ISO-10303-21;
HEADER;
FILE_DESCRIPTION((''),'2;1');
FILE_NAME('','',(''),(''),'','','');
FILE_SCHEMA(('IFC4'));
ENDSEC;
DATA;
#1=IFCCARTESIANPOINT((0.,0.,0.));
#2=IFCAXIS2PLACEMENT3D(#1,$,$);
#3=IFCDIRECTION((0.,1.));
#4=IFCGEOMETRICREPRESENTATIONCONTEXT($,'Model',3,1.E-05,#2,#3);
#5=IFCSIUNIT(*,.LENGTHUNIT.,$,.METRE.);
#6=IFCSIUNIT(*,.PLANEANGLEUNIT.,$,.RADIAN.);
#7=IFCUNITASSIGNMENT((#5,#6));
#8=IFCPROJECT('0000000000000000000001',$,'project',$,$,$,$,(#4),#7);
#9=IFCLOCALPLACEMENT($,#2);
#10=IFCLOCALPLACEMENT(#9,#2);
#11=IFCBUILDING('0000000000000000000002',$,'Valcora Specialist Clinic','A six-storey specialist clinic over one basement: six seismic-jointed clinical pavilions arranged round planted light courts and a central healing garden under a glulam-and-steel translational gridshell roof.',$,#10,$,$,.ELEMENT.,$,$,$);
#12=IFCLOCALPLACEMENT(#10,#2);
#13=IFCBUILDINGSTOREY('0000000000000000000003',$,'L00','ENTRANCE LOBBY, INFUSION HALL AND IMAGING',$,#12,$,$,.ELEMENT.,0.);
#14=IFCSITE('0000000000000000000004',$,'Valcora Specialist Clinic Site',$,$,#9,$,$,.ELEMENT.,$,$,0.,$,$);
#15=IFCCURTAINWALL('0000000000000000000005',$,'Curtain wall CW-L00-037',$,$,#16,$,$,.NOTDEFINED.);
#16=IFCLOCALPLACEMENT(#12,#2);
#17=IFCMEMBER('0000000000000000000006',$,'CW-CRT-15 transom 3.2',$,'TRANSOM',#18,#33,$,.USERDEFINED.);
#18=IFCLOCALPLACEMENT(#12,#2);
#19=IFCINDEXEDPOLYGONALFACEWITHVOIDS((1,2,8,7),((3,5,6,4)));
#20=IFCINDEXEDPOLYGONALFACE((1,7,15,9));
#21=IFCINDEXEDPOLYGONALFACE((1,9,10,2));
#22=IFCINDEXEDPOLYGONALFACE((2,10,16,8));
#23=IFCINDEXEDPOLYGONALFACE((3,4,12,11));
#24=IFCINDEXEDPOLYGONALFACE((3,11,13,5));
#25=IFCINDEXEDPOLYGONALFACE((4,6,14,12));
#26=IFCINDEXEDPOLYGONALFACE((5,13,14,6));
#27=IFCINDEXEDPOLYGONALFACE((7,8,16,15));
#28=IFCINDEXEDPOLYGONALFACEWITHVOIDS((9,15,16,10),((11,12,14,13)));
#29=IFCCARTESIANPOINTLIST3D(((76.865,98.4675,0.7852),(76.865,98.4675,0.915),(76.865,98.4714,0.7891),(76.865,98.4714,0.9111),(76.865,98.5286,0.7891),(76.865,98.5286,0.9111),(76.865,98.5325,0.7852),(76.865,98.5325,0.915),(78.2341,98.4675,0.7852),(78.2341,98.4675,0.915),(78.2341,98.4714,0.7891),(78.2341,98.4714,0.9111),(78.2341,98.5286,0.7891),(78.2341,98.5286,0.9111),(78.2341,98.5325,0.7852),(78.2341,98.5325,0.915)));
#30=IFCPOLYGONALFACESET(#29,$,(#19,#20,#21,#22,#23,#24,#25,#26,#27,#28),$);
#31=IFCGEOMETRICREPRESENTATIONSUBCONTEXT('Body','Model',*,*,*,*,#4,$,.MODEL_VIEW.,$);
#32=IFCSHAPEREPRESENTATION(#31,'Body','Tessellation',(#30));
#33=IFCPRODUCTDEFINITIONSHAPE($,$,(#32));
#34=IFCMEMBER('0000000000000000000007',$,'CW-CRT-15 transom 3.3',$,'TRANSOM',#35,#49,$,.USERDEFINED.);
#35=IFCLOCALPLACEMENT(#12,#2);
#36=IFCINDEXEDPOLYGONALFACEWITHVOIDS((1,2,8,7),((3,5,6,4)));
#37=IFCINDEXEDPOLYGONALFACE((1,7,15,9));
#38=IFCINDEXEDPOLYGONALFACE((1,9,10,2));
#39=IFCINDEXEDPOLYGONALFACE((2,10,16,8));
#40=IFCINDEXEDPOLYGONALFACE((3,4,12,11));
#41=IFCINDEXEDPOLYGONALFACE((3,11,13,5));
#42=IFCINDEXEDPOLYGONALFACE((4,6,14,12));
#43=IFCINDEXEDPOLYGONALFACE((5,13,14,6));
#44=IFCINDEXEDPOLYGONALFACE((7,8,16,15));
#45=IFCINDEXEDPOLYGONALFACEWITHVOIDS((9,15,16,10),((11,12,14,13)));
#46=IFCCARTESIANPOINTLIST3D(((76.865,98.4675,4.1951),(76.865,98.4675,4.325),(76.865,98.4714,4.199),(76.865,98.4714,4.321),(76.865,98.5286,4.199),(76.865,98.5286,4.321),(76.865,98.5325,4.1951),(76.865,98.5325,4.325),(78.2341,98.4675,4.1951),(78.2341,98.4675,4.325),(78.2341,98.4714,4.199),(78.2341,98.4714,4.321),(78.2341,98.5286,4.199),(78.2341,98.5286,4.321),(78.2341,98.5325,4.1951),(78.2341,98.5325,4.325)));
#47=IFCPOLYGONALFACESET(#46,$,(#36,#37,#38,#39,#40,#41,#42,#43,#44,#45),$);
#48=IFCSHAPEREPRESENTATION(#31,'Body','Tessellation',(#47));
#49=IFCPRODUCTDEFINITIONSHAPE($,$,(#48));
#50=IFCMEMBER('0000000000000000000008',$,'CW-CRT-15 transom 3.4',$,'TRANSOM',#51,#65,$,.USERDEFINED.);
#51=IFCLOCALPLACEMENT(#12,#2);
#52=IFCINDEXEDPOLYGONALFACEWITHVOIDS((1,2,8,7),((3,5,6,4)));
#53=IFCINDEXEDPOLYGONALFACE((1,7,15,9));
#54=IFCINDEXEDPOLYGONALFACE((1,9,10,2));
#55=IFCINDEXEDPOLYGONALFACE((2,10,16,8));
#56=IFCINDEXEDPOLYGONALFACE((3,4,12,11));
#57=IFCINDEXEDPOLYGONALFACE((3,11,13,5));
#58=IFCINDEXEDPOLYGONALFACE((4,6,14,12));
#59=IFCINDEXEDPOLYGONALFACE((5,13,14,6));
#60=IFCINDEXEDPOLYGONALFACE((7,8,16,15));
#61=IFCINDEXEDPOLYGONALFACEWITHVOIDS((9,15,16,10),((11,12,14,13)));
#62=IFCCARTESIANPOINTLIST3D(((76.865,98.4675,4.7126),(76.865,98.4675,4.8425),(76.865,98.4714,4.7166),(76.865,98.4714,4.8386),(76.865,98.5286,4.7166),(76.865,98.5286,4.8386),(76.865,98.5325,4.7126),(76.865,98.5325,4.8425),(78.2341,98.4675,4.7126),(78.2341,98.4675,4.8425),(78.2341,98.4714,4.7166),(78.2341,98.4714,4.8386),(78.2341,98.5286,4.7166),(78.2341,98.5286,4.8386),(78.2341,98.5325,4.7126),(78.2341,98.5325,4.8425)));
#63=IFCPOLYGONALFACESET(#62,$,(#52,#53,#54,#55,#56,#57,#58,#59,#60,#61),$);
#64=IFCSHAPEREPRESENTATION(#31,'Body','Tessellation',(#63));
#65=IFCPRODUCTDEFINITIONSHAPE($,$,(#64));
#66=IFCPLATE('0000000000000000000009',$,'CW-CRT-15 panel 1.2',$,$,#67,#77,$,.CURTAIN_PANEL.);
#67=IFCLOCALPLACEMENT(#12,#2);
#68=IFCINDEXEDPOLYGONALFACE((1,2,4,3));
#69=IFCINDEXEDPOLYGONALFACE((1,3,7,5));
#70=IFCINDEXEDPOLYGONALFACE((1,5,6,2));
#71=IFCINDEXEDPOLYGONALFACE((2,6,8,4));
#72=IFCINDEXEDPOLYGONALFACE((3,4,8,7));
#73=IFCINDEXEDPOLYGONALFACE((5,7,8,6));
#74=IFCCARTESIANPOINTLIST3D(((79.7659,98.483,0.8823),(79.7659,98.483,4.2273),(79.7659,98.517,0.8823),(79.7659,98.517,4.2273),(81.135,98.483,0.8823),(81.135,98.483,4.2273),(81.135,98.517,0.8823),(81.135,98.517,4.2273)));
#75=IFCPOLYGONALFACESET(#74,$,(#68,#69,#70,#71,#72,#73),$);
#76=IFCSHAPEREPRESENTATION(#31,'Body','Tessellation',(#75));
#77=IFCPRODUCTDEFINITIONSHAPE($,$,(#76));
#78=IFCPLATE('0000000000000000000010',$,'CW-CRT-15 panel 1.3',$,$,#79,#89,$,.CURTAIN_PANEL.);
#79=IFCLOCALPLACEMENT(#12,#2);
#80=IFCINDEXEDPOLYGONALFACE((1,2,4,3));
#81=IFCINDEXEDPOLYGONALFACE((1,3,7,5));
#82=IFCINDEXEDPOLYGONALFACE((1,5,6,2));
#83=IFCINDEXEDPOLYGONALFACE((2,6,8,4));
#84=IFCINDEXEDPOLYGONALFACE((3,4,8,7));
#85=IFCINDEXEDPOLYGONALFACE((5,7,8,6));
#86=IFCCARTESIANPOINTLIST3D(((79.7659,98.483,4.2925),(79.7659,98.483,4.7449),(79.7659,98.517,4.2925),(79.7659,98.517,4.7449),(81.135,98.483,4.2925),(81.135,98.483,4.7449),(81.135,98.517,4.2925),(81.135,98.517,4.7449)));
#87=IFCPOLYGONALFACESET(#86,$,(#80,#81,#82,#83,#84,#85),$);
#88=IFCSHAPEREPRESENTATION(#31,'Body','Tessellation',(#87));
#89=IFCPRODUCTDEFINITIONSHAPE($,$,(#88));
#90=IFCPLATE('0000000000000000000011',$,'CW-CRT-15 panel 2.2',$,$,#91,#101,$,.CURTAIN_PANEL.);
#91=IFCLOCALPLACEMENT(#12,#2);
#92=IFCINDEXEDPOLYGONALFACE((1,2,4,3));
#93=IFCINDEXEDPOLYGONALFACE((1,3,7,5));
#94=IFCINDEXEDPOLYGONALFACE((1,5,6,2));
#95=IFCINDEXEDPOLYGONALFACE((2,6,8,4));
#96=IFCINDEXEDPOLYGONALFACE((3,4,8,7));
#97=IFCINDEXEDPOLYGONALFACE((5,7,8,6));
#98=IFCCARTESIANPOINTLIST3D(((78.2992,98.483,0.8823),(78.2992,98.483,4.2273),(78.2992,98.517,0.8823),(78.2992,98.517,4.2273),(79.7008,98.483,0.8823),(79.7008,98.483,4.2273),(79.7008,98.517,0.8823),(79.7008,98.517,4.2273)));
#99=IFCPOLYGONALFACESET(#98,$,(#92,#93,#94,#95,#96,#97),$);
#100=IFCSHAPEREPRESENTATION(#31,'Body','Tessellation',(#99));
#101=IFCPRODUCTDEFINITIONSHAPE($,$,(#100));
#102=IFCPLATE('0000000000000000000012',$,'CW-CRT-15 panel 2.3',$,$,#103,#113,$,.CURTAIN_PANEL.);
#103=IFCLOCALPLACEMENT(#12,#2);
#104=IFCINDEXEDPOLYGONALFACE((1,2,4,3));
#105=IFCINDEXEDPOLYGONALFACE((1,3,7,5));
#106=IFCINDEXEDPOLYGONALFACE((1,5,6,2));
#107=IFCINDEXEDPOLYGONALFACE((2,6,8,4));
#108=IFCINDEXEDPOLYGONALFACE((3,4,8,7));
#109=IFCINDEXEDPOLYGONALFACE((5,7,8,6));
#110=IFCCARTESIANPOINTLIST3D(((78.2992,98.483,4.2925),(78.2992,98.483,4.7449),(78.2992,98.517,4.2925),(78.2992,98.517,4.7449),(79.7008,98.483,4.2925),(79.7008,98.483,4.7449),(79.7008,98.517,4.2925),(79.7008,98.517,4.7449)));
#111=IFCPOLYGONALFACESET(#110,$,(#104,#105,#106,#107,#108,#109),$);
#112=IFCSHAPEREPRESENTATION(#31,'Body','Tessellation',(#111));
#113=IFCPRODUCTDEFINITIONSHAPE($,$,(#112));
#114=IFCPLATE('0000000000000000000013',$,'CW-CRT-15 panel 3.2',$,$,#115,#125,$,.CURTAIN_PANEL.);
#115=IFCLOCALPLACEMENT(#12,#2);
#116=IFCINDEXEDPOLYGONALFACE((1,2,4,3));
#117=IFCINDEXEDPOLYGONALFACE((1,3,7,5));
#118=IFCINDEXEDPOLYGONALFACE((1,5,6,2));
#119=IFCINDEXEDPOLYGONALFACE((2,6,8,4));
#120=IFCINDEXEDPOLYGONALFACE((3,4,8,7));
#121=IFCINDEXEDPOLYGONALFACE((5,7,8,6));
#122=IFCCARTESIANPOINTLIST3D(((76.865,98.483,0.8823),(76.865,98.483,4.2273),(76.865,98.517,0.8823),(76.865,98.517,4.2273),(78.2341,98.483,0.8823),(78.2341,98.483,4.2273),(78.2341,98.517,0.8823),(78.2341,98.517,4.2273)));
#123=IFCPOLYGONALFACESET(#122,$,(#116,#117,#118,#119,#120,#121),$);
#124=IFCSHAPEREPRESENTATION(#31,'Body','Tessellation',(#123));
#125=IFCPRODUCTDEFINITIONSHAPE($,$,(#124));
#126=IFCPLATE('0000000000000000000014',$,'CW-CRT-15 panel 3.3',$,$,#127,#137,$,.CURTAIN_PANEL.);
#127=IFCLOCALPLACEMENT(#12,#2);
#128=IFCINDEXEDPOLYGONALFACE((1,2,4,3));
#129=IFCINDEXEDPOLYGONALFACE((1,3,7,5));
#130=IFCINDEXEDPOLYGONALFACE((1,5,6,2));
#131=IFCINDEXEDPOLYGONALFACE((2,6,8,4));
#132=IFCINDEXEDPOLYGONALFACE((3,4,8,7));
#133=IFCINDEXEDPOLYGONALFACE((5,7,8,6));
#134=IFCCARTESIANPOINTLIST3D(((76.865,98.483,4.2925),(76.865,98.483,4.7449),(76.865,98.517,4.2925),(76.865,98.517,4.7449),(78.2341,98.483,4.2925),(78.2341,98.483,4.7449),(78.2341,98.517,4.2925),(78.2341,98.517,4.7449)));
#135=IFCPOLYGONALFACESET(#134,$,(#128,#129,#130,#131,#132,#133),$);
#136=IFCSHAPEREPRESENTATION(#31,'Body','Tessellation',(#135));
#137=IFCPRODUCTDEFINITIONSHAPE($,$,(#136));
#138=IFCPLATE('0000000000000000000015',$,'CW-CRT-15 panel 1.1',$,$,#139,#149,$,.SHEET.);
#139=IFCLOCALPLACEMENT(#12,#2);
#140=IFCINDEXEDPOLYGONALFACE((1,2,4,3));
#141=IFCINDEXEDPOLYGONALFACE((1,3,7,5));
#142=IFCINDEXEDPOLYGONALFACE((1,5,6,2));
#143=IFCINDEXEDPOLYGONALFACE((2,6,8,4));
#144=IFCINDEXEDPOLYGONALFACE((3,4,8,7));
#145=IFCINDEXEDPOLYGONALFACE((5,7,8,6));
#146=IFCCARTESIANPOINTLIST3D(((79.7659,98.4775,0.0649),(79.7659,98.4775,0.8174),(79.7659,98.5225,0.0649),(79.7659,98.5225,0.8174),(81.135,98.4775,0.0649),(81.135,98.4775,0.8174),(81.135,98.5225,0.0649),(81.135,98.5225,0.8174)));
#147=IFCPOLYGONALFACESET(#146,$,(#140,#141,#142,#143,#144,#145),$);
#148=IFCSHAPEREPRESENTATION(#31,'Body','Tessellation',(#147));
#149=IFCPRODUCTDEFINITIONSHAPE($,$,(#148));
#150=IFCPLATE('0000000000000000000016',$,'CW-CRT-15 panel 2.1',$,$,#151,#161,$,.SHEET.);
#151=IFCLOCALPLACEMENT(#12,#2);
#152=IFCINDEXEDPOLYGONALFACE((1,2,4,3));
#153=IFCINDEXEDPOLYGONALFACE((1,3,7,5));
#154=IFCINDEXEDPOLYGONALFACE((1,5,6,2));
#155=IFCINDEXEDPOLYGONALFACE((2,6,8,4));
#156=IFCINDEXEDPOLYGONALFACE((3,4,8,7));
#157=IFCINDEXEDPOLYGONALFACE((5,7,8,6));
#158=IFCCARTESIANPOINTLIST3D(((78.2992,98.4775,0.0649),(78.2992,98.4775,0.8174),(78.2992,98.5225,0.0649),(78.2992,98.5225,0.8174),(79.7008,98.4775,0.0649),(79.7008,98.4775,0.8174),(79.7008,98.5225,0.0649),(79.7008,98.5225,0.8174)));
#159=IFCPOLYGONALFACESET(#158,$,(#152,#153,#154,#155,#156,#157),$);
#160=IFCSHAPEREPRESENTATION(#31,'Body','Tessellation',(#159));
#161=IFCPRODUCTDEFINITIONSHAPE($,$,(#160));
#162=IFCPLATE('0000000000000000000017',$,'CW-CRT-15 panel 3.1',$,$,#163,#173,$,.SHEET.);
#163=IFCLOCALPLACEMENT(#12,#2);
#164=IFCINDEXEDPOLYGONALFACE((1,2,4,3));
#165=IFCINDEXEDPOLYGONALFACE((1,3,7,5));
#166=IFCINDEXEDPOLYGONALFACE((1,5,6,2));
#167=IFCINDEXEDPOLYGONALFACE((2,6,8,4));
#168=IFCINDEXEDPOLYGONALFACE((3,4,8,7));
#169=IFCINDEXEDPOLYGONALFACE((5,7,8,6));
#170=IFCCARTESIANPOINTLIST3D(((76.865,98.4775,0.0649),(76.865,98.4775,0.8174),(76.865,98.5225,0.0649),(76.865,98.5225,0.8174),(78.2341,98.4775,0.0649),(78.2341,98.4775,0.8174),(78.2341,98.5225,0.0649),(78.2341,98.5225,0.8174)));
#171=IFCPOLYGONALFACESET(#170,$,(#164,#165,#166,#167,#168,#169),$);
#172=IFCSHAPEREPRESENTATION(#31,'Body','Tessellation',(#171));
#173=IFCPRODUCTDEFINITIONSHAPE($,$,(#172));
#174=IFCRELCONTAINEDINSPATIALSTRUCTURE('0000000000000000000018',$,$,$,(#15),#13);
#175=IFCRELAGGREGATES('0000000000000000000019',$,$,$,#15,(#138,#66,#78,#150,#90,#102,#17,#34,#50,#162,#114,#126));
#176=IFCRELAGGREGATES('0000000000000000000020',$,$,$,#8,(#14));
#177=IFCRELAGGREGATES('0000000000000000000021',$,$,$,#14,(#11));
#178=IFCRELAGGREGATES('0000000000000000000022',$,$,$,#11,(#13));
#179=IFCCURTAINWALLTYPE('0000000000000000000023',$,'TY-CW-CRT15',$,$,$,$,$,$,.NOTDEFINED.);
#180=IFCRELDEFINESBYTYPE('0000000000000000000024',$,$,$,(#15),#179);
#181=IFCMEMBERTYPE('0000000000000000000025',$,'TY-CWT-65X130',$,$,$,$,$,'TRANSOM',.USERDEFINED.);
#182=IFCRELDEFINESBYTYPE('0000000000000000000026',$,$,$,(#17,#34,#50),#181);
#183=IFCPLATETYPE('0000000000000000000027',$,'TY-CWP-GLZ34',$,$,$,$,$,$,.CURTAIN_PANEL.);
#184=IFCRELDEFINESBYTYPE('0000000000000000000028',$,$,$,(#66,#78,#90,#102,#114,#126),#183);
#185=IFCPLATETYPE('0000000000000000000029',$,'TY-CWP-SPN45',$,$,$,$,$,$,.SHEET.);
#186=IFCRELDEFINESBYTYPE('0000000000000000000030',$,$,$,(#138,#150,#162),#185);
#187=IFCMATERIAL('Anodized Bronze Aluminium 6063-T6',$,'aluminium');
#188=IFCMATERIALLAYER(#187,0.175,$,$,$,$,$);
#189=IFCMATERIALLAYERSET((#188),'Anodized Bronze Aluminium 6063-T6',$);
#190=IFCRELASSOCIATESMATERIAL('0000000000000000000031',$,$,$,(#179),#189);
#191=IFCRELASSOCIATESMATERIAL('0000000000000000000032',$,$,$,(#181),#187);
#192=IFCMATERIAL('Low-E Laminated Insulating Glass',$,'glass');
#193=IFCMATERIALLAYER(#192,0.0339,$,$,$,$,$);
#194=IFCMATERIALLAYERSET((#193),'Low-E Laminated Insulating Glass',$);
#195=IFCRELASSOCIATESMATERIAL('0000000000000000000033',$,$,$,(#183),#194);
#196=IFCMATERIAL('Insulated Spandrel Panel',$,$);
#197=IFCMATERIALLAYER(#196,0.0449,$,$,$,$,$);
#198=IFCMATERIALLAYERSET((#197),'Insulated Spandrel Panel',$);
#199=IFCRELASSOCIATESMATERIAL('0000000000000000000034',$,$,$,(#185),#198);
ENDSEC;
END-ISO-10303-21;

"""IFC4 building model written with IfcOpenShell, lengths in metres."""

from ifc_helpers import new_model, si_unit, direction, frame, origin, origin_2d, place, context, subcontext, project, spatial, rectangle, hollow_rectangle, extrude, material, layer, layer_set, material_profile, profile_set, type_object, element, aggregate, save


model = new_model("IFC4")

# Units and contexts
model_context = context("Model", 3, precision=1e-05, world=origin(), true_north=direction((0.0, 1.0)))
body_context = subcontext(model_context, "Body", "Model", "MODEL_VIEW")
ifc_project = project(units=[si_unit("LENGTHUNIT", "METRE"), si_unit("PLANEANGLEUNIT", "RADIAN")], contexts=[model_context])

# Site, building, storey
site_placement = place(None, origin())
site = spatial("IfcSite", under=ifc_project, at=site_placement, Name="Valcora Specialist Clinic Site", CompositionType="ELEMENT", RefElevation=0.0)
building_placement = place(site_placement, origin())
building = spatial("IfcBuilding", under=site, at=building_placement, Name="Valcora Specialist Clinic", Description="A six-storey specialist clinic over one basement: six seismic-jointed clinical pavilions arranged round planted light courts and a central healing garden under a glulam-and-steel translational gridshell roof.", CompositionType="ELEMENT")
storey_placement = place(building_placement, origin())
storey = spatial("IfcBuildingStorey", under=building, at=storey_placement, Name="L00", Description="ENTRANCE LOBBY, INFUSION HALL AND IMAGING", CompositionType="ELEMENT", Elevation=0.0)

# Curtain wall, members, plates
ifc_material_1 = material(Name="Anodized Bronze Aluminium 6063-T6", Category="aluminium")
ifc_layer_1 = layer(ifc_material_1, 0.175)
ifc_layer_set_1 = layer_set([ifc_layer_1], Name="Anodized Bronze Aluminium 6063-T6")
curtain_wall_type = type_object("IfcCurtainWallType", Name="TY-CW-CRT15", PredefinedType="NOTDEFINED", material=ifc_layer_set_1)
curtain_wall_placement = place(storey_placement, origin())
curtain_wall = element("IfcCurtainWall", 1, at=curtain_wall_placement, inside=storey, type_object=curtain_wall_type, Name="Curtain wall CW-L00-037", PredefinedType="NOTDEFINED")
ifc_material_profile_1 = material_profile(ifc_material_1, hollow_rectangle(XDim=0.0649, YDim=0.1299, WallThickness=0.0039, at=origin_2d()), Name="AL-TRN-65X130")
ifc_profile_set_1 = profile_set([ifc_material_profile_1], Name="Anodized Bronze Aluminium 6063-T6")
member_type_1 = type_object("IfcMemberType", Name="TY-CWT-65X130", ElementType="TRANSOM", PredefinedType="USERDEFINED", material=ifc_profile_set_1)
member_1_placement = place(storey_placement, frame((78.2341, 98.5, 0.8501), z_axis=(-1.0, 0.0, 0.0), x_axis=(0.0, -1.0, 0.0)))
member_1 = element("IfcMember", 2, at=member_1_placement, type_object=member_type_1, Name="CW-CRT-15 transom 3.2", ObjectType="TRANSOM", PredefinedType="USERDEFINED", context=body_context, shape_type="SweptSolid", body=[
    extrude(hollow_rectangle(XDim=0.0649, YDim=0.1299, WallThickness=0.0039, at=origin_2d()), origin(), (0.0, 0.0, 1.0), 1.3691),
])
member_2_placement = place(storey_placement, frame((78.2341, 98.5, 4.26), z_axis=(-1.0, 0.0, 0.0), x_axis=(0.0, -1.0, 0.0)))
member_2 = element("IfcMember", 3, at=member_2_placement, type_object=member_type_1, Name="CW-CRT-15 transom 3.3", ObjectType="TRANSOM", PredefinedType="USERDEFINED", context=body_context, shape_type="SweptSolid", body=[
    extrude(hollow_rectangle(XDim=0.0649, YDim=0.1299, WallThickness=0.0039, at=origin_2d()), origin(), (0.0, 0.0, 1.0), 1.3691),
])
member_3_placement = place(storey_placement, frame((78.2341, 98.5, 4.7776), z_axis=(-1.0, 0.0, 0.0), x_axis=(0.0, -1.0, 0.0)))
member_3 = element("IfcMember", 4, at=member_3_placement, type_object=member_type_1, Name="CW-CRT-15 transom 3.4", ObjectType="TRANSOM", PredefinedType="USERDEFINED", context=body_context, shape_type="SweptSolid", body=[
    extrude(hollow_rectangle(XDim=0.0649, YDim=0.1299, WallThickness=0.0039, at=origin_2d()), origin(), (0.0, 0.0, 1.0), 1.3691),
])
ifc_material_2 = material(Name="Low-E Laminated Insulating Glass", Category="glass")
ifc_layer_2 = layer(ifc_material_2, 0.0339)
ifc_layer_set_2 = layer_set([ifc_layer_2], Name="Low-E Laminated Insulating Glass")
plate_type_1 = type_object("IfcPlateType", Name="TY-CWP-GLZ34", PredefinedType="CURTAIN_PANEL", material=ifc_layer_set_2)
plate_1_placement = place(storey_placement, frame((80.4504, 98.5, 0.8823), z_axis=(0.0, 0.0, 1.0), x_axis=(-1.0, 0.0, 0.0)))
plate_1 = element("IfcPlate", 5, at=plate_1_placement, type_object=plate_type_1, Name="CW-CRT-15 panel 1.2", PredefinedType="CURTAIN_PANEL", context=body_context, shape_type="SweptSolid", body=[
    extrude(rectangle(XDim=1.3691, YDim=0.0339, at=origin_2d()), origin(), (0.0, 0.0, 1.0), 3.345),
])
plate_2_placement = place(storey_placement, frame((80.4504, 98.5, 4.2925), z_axis=(0.0, 0.0, 1.0), x_axis=(-1.0, 0.0, 0.0)))
plate_2 = element("IfcPlate", 6, at=plate_2_placement, type_object=plate_type_1, Name="CW-CRT-15 panel 1.3", PredefinedType="CURTAIN_PANEL", context=body_context, shape_type="SweptSolid", body=[
    extrude(rectangle(XDim=1.3691, YDim=0.0339, at=origin_2d()), origin(), (0.0, 0.0, 1.0), 0.4524),
])
plate_3_placement = place(storey_placement, frame((79.0, 98.5, 0.8823), z_axis=(0.0, 0.0, 1.0), x_axis=(-1.0, 0.0, 0.0)))
plate_3 = element("IfcPlate", 7, at=plate_3_placement, type_object=plate_type_1, Name="CW-CRT-15 panel 2.2", PredefinedType="CURTAIN_PANEL", context=body_context, shape_type="SweptSolid", body=[
    extrude(rectangle(XDim=1.4016, YDim=0.0339, at=origin_2d()), origin(), (0.0, 0.0, 1.0), 3.345),
])
plate_4_placement = place(storey_placement, frame((79.0, 98.5, 4.2925), z_axis=(0.0, 0.0, 1.0), x_axis=(-1.0, 0.0, 0.0)))
plate_4 = element("IfcPlate", 8, at=plate_4_placement, type_object=plate_type_1, Name="CW-CRT-15 panel 2.3", PredefinedType="CURTAIN_PANEL", context=body_context, shape_type="SweptSolid", body=[
    extrude(rectangle(XDim=1.4016, YDim=0.0339, at=origin_2d()), origin(), (0.0, 0.0, 1.0), 0.4524),
])
plate_5_placement = place(storey_placement, frame((77.5496, 98.5, 0.8823), z_axis=(0.0, 0.0, 1.0), x_axis=(-1.0, 0.0, 0.0)))
plate_5 = element("IfcPlate", 9, at=plate_5_placement, type_object=plate_type_1, Name="CW-CRT-15 panel 3.2", PredefinedType="CURTAIN_PANEL", context=body_context, shape_type="SweptSolid", body=[
    extrude(rectangle(XDim=1.3691, YDim=0.0339, at=origin_2d()), origin(), (0.0, 0.0, 1.0), 3.345),
])
plate_6_placement = place(storey_placement, frame((77.5496, 98.5, 4.2925), z_axis=(0.0, 0.0, 1.0), x_axis=(-1.0, 0.0, 0.0)))
plate_6 = element("IfcPlate", 10, at=plate_6_placement, type_object=plate_type_1, Name="CW-CRT-15 panel 3.3", PredefinedType="CURTAIN_PANEL", context=body_context, shape_type="SweptSolid", body=[
    extrude(rectangle(XDim=1.3691, YDim=0.0339, at=origin_2d()), origin(), (0.0, 0.0, 1.0), 0.4524),
])
ifc_material_3 = material(Name="Insulated Spandrel Panel")
ifc_layer_3 = layer(ifc_material_3, 0.0449)
ifc_layer_set_3 = layer_set([ifc_layer_3], Name="Insulated Spandrel Panel")
plate_type_2 = type_object("IfcPlateType", Name="TY-CWP-SPN45", PredefinedType="SHEET", material=ifc_layer_set_3)
plate_7_placement = place(storey_placement, frame((80.4504, 98.5, 0.0649), z_axis=(0.0, 0.0, 1.0), x_axis=(-1.0, 0.0, 0.0)))
plate_7 = element("IfcPlate", 11, at=plate_7_placement, type_object=plate_type_2, Name="CW-CRT-15 panel 1.1", PredefinedType="SHEET", context=body_context, shape_type="SweptSolid", body=[
    extrude(rectangle(XDim=1.3691, YDim=0.0449, at=origin_2d()), origin(), (0.0, 0.0, 1.0), 0.7524),
])
plate_8_placement = place(storey_placement, frame((79.0, 98.5, 0.0649), z_axis=(0.0, 0.0, 1.0), x_axis=(-1.0, 0.0, 0.0)))
plate_8 = element("IfcPlate", 12, at=plate_8_placement, type_object=plate_type_2, Name="CW-CRT-15 panel 2.1", PredefinedType="SHEET", context=body_context, shape_type="SweptSolid", body=[
    extrude(rectangle(XDim=1.4016, YDim=0.0449, at=origin_2d()), origin(), (0.0, 0.0, 1.0), 0.7524),
])
plate_9_placement = place(storey_placement, frame((77.5496, 98.5, 0.0649), z_axis=(0.0, 0.0, 1.0), x_axis=(-1.0, 0.0, 0.0)))
plate_9 = element("IfcPlate", 13, at=plate_9_placement, type_object=plate_type_2, Name="CW-CRT-15 panel 3.1", PredefinedType="SHEET", context=body_context, shape_type="SweptSolid", body=[
    extrude(rectangle(XDim=1.3691, YDim=0.0449, at=origin_2d()), origin(), (0.0, 0.0, 1.0), 0.7524),
])
aggregate(curtain_wall, [plate_7, plate_1, plate_2, plate_8, plate_3, plate_4, member_1, member_2, member_3, plate_9, plate_5, plate_6])

save(model, "model.ifc")
